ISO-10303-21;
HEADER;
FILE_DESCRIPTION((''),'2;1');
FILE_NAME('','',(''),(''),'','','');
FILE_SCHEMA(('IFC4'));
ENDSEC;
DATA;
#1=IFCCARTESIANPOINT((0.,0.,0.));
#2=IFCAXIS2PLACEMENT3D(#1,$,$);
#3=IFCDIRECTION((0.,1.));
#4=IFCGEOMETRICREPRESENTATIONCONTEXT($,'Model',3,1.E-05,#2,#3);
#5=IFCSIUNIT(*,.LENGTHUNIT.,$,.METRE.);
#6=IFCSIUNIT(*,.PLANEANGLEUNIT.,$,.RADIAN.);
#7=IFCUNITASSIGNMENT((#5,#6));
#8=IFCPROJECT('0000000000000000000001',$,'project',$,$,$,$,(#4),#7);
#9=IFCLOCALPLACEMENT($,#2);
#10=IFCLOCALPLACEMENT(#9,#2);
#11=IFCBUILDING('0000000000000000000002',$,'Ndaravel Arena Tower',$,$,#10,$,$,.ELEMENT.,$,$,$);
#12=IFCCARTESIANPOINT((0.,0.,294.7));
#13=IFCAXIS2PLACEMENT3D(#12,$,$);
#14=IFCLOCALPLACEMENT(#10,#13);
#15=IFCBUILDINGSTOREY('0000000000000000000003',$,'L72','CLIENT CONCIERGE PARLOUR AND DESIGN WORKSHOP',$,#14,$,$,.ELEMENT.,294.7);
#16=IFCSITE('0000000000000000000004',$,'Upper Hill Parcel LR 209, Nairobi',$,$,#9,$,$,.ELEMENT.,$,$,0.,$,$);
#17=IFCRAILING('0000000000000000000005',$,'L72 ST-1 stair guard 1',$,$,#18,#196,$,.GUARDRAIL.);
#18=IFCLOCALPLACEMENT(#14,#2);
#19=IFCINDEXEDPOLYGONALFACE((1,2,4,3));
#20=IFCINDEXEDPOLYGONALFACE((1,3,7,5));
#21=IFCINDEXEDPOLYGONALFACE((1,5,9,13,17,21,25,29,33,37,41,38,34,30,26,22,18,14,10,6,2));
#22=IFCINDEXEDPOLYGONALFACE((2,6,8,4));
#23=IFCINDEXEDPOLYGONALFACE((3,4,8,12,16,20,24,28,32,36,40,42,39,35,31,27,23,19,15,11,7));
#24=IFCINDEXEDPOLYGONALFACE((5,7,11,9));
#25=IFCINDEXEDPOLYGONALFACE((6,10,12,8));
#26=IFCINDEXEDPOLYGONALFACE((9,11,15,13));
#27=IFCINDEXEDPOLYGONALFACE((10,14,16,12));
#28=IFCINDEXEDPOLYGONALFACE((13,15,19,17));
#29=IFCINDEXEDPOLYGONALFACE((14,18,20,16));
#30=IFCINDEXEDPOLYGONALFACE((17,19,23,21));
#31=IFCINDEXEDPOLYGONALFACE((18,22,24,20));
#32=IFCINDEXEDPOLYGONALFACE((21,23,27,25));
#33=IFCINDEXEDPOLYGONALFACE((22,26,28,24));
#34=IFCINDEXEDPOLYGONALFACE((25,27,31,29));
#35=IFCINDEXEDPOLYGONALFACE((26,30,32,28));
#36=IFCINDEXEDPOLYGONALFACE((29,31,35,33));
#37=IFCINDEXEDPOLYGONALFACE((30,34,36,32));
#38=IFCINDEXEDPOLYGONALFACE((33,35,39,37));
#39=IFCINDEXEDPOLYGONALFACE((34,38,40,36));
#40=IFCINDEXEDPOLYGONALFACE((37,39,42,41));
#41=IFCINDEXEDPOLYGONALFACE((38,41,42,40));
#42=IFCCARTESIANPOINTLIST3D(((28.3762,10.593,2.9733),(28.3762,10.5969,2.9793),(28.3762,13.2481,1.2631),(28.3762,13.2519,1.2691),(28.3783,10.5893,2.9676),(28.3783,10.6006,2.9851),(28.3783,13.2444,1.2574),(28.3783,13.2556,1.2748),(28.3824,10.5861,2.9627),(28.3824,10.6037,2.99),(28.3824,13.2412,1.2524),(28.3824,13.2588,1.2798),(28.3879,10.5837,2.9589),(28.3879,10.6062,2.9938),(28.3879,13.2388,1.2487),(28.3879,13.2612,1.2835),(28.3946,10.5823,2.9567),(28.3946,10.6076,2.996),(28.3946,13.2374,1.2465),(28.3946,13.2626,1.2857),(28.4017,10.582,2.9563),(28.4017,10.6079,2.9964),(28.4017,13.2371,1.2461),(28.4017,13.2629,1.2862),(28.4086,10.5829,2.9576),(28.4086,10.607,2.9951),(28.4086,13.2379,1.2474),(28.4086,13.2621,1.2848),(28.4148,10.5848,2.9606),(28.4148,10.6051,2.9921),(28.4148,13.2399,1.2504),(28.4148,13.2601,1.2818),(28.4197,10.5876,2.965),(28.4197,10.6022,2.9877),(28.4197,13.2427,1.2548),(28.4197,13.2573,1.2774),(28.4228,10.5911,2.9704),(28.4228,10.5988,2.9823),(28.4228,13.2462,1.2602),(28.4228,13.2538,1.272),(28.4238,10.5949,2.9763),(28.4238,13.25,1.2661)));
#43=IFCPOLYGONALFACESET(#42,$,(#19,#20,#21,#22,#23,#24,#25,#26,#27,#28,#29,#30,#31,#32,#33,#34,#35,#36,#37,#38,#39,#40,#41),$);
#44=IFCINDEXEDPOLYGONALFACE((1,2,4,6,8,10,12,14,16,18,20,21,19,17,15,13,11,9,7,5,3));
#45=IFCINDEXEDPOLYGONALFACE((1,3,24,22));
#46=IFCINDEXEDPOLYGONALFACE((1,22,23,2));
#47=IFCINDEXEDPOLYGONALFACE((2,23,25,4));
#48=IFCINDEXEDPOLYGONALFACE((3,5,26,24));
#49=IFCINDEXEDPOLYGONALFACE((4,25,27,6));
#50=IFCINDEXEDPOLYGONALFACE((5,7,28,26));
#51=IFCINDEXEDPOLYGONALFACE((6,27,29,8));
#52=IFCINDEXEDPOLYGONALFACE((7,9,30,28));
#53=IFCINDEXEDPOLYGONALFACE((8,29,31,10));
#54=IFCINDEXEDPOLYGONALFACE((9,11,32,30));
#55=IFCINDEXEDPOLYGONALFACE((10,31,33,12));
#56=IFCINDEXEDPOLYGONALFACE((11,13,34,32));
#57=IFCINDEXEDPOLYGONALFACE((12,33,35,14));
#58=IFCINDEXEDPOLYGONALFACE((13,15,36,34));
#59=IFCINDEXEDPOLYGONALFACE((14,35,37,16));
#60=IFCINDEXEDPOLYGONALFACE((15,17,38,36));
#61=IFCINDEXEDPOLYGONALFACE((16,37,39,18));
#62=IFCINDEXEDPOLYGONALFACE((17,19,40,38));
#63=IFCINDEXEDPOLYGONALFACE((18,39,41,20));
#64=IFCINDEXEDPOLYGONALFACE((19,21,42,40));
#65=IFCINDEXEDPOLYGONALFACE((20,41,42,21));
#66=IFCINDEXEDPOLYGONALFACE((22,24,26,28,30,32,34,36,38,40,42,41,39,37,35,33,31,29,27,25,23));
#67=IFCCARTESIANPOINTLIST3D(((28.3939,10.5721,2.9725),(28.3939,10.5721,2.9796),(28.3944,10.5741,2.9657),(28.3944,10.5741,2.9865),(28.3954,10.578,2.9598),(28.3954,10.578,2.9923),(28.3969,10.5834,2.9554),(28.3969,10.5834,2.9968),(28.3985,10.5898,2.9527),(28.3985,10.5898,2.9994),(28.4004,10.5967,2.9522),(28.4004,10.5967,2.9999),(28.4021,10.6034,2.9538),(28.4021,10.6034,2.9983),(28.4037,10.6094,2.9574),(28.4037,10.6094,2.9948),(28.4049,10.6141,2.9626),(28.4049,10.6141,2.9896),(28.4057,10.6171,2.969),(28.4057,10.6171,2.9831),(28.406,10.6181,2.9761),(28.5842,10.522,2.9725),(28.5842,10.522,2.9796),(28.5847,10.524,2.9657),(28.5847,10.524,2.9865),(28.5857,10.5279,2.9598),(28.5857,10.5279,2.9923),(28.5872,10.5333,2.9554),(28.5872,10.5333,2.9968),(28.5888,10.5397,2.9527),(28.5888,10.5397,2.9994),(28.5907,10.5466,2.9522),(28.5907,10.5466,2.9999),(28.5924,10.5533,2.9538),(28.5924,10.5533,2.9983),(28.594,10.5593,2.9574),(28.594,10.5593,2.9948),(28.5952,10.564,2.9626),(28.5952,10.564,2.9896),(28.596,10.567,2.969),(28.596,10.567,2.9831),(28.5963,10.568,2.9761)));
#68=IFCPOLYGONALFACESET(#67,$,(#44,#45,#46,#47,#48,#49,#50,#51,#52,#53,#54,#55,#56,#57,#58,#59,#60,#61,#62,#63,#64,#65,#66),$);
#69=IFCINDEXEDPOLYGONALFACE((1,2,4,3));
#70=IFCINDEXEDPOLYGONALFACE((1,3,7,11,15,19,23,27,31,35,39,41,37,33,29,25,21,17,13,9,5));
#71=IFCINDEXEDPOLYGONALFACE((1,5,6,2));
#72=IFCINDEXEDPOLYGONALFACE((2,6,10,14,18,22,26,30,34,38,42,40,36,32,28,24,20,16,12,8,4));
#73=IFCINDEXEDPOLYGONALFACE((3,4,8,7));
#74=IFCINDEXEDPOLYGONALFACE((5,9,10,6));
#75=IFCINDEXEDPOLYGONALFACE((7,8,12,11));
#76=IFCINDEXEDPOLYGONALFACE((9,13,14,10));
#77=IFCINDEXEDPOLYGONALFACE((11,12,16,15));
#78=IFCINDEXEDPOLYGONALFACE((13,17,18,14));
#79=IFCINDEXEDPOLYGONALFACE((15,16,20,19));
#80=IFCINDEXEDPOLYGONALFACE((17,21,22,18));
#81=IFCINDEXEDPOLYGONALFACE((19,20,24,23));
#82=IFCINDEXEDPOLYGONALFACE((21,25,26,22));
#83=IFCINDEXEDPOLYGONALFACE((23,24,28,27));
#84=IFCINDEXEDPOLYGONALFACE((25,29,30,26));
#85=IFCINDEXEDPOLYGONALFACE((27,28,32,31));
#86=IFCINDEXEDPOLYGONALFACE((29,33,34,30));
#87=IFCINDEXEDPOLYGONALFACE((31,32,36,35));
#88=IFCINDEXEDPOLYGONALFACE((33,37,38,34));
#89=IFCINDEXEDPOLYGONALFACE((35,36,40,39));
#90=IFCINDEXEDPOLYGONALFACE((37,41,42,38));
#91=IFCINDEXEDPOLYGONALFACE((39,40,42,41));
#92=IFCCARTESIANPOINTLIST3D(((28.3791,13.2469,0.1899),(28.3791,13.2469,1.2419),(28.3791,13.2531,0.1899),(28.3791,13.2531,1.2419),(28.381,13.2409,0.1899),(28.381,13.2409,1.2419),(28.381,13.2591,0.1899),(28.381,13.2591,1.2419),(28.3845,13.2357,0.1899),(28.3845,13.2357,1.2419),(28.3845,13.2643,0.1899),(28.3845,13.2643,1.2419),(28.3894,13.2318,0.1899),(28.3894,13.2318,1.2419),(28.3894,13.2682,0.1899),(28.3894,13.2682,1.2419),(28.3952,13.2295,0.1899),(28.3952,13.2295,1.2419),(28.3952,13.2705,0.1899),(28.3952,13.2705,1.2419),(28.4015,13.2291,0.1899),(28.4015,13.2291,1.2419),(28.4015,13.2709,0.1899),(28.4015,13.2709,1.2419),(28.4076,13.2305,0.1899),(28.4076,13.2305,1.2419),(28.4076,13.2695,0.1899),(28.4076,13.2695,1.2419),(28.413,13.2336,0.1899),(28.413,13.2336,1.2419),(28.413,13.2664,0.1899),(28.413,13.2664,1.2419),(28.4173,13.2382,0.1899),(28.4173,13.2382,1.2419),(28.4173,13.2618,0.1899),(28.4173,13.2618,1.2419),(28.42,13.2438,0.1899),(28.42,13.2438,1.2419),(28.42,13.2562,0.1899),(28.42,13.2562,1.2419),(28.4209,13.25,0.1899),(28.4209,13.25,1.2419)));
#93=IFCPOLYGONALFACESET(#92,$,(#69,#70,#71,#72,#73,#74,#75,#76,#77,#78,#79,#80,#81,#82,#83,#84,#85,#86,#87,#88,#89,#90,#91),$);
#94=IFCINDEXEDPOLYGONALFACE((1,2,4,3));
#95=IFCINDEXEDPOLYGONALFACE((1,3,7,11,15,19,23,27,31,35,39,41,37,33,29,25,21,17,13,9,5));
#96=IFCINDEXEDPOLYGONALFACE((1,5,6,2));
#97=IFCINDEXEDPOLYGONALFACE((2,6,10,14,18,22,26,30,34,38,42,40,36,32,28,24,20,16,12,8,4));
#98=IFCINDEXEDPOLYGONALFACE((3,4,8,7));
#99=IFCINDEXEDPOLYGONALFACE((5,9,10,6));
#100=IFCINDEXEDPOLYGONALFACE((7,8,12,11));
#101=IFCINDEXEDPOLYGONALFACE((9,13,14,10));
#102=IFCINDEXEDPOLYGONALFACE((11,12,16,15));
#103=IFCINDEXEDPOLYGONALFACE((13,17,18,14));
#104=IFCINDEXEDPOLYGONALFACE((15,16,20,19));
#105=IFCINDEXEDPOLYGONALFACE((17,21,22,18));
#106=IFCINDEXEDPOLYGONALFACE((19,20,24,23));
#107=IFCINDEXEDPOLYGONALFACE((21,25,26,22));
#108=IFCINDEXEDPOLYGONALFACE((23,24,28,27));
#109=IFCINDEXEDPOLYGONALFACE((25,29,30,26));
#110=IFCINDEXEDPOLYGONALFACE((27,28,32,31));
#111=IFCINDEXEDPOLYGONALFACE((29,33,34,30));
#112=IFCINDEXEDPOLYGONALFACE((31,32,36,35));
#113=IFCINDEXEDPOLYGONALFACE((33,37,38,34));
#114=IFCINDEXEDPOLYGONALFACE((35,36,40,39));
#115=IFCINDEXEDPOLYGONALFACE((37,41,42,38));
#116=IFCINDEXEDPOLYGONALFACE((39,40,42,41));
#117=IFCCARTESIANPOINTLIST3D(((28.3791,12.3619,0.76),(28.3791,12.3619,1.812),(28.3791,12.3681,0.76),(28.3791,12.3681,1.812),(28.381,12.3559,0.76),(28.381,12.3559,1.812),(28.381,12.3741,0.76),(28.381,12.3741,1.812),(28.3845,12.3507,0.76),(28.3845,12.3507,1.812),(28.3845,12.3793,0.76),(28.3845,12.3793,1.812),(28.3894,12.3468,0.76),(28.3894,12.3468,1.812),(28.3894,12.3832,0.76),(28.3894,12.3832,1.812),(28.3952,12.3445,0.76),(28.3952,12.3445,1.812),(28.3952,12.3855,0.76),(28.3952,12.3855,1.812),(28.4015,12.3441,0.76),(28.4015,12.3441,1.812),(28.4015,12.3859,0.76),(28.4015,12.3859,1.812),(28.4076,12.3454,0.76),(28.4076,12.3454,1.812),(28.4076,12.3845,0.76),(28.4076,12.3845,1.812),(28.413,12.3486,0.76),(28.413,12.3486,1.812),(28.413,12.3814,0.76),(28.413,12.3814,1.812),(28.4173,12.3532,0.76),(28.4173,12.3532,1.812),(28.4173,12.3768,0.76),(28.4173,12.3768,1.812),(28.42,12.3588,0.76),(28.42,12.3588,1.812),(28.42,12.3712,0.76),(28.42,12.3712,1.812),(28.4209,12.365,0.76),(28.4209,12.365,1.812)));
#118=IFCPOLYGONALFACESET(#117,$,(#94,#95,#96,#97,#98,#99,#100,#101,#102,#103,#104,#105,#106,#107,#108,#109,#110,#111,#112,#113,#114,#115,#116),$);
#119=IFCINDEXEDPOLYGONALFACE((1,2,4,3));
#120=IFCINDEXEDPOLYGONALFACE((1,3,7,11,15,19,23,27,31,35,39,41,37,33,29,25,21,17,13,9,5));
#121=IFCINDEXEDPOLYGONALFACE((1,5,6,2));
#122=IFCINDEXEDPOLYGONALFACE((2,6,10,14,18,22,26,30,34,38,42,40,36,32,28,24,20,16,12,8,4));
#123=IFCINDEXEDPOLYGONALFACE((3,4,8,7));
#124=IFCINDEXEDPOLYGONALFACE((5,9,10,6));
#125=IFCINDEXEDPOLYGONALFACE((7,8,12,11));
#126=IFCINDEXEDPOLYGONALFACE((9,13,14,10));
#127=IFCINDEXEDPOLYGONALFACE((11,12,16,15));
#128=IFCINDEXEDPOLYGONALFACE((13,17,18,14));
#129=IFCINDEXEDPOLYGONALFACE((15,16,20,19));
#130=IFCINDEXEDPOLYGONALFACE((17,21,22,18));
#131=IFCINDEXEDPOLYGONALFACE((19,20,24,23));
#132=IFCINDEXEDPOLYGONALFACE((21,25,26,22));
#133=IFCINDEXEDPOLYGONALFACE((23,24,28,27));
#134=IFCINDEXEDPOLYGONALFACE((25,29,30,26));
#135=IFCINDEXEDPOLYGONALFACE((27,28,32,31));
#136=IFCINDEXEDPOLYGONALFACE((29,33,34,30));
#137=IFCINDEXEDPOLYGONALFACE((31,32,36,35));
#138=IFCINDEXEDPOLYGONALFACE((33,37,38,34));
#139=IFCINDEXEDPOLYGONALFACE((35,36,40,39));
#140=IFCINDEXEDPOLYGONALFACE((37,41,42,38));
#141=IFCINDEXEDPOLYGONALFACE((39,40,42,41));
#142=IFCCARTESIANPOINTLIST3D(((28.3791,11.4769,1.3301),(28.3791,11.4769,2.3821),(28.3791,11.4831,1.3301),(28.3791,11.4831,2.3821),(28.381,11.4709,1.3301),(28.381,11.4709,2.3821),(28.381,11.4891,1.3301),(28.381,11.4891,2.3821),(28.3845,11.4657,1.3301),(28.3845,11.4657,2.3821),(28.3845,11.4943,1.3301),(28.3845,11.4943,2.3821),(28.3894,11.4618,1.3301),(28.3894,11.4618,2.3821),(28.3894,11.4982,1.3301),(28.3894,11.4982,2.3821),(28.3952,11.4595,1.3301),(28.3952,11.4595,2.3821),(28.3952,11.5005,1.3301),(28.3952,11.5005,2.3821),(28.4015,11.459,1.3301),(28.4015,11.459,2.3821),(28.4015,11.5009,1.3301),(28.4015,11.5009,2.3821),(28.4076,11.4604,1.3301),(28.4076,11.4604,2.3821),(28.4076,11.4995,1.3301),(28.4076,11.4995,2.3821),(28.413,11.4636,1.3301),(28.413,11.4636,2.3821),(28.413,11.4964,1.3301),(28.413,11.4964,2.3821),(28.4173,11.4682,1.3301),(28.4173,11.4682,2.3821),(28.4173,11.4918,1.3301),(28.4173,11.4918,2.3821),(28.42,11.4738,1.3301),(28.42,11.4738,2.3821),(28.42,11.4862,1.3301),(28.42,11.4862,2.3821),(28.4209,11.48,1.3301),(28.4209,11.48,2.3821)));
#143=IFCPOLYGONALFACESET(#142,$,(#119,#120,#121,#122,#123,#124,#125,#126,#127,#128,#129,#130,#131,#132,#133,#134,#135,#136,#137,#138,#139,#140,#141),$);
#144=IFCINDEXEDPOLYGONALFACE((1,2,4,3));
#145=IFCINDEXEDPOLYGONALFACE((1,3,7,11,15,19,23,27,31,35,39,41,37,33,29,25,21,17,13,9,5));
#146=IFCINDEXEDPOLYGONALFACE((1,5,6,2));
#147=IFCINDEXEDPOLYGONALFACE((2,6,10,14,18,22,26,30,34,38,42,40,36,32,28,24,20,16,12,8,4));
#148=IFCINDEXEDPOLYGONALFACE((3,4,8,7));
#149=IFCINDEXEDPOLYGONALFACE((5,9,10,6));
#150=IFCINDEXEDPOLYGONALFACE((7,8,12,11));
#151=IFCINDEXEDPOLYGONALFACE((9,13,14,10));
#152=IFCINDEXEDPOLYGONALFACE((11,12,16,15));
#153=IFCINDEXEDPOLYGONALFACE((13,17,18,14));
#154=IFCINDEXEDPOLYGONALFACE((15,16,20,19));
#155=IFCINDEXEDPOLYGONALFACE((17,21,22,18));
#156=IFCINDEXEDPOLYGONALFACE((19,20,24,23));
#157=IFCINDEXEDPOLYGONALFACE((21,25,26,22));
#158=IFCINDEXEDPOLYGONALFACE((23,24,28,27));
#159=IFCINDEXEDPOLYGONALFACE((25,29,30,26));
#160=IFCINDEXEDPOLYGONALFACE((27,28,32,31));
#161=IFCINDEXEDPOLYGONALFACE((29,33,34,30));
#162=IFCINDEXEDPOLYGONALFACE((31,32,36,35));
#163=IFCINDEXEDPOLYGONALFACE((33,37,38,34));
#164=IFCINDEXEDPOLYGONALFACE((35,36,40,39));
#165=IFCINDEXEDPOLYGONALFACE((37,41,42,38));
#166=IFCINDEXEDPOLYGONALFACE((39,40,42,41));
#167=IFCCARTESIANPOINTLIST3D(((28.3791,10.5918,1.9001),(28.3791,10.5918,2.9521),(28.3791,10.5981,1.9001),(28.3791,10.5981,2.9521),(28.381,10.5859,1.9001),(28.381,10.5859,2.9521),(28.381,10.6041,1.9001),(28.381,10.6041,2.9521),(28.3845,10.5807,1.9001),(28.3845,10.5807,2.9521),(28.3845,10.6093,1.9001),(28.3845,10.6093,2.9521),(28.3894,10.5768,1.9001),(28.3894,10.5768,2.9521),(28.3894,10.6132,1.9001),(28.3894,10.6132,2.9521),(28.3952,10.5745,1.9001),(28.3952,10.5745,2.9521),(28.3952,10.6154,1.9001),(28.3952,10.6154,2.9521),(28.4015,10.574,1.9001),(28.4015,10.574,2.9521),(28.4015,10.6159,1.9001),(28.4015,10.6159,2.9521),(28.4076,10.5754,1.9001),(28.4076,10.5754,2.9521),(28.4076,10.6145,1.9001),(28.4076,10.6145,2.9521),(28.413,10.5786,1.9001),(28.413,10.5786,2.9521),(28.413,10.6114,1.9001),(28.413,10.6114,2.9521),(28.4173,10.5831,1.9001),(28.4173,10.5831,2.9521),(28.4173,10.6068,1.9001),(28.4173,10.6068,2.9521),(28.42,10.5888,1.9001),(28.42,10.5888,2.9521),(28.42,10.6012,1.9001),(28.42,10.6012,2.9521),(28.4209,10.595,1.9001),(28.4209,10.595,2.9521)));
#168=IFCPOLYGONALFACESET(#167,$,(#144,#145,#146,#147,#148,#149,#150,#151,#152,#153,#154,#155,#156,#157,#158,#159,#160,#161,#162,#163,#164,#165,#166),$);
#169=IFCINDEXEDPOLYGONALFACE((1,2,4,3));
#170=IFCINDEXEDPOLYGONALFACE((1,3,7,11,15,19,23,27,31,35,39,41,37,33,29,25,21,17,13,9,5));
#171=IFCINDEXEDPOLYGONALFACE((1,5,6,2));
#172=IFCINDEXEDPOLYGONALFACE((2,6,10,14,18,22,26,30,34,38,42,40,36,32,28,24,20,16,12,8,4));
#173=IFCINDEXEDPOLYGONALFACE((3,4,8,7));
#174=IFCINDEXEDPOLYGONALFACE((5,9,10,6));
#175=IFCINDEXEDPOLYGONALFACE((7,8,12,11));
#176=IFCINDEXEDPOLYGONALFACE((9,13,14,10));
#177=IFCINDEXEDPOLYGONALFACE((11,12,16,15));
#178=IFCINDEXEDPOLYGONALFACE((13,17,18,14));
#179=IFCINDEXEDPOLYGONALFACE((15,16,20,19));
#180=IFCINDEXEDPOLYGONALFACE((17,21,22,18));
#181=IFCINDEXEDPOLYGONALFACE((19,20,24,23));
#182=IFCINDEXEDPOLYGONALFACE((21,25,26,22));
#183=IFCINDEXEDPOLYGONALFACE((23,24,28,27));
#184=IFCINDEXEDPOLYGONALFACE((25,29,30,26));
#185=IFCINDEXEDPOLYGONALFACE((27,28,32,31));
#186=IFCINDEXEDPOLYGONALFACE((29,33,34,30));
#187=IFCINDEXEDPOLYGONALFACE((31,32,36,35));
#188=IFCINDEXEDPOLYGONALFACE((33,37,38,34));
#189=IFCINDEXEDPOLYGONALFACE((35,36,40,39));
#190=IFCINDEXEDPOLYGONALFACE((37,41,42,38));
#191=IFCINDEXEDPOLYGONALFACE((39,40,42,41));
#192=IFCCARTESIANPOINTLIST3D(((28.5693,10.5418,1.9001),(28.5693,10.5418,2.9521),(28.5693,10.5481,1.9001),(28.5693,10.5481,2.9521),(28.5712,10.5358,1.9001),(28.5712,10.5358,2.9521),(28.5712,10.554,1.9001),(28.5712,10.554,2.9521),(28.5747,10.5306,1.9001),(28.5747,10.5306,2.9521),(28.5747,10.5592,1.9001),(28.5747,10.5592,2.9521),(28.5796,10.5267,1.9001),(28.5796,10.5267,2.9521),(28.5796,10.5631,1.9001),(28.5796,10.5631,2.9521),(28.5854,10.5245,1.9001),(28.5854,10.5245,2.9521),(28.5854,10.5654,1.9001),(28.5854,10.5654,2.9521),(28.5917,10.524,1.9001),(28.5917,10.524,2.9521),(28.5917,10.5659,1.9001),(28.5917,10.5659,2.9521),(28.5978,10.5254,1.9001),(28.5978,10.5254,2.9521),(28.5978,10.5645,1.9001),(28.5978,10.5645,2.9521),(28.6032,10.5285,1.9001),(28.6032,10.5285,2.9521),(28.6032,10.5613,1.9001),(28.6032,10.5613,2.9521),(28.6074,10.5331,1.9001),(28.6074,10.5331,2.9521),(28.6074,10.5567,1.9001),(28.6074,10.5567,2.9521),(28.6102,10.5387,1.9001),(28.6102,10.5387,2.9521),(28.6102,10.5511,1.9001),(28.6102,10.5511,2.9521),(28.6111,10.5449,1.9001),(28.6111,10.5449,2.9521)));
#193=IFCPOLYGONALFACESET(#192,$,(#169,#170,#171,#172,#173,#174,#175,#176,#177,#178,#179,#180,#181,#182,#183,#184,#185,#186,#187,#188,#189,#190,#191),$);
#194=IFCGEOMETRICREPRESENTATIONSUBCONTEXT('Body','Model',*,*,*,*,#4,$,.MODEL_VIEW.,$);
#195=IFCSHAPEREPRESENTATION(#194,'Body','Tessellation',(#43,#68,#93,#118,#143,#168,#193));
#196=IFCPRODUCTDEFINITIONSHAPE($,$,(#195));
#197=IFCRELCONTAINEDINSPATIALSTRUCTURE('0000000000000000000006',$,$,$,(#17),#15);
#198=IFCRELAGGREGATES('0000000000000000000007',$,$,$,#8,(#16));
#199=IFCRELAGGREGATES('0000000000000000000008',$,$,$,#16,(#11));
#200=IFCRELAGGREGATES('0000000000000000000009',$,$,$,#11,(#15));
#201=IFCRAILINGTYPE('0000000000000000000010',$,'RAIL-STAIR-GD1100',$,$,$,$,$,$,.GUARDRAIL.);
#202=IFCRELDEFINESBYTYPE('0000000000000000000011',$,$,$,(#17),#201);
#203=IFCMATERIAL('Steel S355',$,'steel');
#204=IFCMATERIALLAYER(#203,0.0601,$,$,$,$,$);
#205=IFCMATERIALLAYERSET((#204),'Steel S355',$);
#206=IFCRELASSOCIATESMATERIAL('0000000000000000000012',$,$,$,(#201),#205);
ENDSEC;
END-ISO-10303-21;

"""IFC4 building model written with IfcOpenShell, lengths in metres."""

from ifc_helpers import new_model, si_unit, direction, frame, origin, origin_2d, place, context, subcontext, project, spatial, circle, extrude, material, layer, layer_set, type_object, element, save


model = new_model("IFC4")

# Units and contexts
model_context = context("Model", 3, precision=1e-05, world=origin(), true_north=direction((0.0, 1.0)))
body_context = subcontext(model_context, "Body", "Model", "MODEL_VIEW")
ifc_project = project(units=[si_unit("LENGTHUNIT", "METRE"), si_unit("PLANEANGLEUNIT", "RADIAN")], contexts=[model_context])

# Site, building, storey
site_placement = place(None, origin())
site = spatial("IfcSite", under=ifc_project, at=site_placement, Name="Upper Hill Parcel LR 209, Nairobi", CompositionType="ELEMENT", RefElevation=0.0)
building_placement = place(site_placement, origin())
building = spatial("IfcBuilding", under=site, at=building_placement, Name="Ndaravel Arena Tower", CompositionType="ELEMENT")
storey_placement = place(building_placement, frame((0.0, 0.0, 294.7)))
storey = spatial("IfcBuildingStorey", under=building, at=storey_placement, Name="L72", Description="CLIENT CONCIERGE PARLOUR AND DESIGN WORKSHOP", CompositionType="ELEMENT", Elevation=294.7)

# Railing
ifc_material_1 = material(Name="Steel S355", Category="steel")
ifc_layer_1 = layer(ifc_material_1, 0.0601)
ifc_layer_set_1 = layer_set([ifc_layer_1], Name="Steel S355")
railing_type_1 = type_object("IfcRailingType", Name="RAIL-STAIR-GD1100", PredefinedType="GUARDRAIL", material=ifc_layer_set_1)
railing_1_placement = place(storey_placement, frame((28.3999, 13.25, 0.1899)))
element("IfcRailing", 1, at=railing_1_placement, inside=storey, type_object=railing_type_1, Name="L72 ST-1 stair guard 1", PredefinedType="GUARDRAIL", context=body_context, shape_type="SweptSolid", body=[
    extrude(circle(Radius=0.0239, at=origin_2d()), frame((0.0, 0.0, 1.0762), z_axis=(0.0, -0.840688, 0.541519), x_axis=(1.0, 0.0, 0.0)), (0.0, 0.0, 1.0), 3.1582),
    extrude(circle(Radius=0.0239, at=origin_2d()), frame((0.0, -2.655, 2.7861), z_axis=(0.967075, -0.254493, 0.0), x_axis=(0.254493, 0.967075, 0.0)), (0.0, 0.0, 1.0), 0.1968),
    extrude(circle(Radius=0.021, at=origin_2d()), origin(), (0.0, 0.0, 1.0), 1.052),
    extrude(circle(Radius=0.021, at=origin_2d()), frame((0.0, -0.885, 0.5701)), (0.0, 0.0, 1.0), 1.052),
    extrude(circle(Radius=0.021, at=origin_2d()), frame((0.0, -1.77, 1.1401)), (0.0, 0.0, 1.0), 1.052),
    extrude(circle(Radius=0.021, at=origin_2d()), frame((0.0, -2.655, 1.7102)), (0.0, 0.0, 1.0), 1.052),
    extrude(circle(Radius=0.021, at=origin_2d()), frame((0.1902, -2.7051, 1.7102)), (0.0, 0.0, 1.0), 1.052),
])

save(model, "model.ifc")
